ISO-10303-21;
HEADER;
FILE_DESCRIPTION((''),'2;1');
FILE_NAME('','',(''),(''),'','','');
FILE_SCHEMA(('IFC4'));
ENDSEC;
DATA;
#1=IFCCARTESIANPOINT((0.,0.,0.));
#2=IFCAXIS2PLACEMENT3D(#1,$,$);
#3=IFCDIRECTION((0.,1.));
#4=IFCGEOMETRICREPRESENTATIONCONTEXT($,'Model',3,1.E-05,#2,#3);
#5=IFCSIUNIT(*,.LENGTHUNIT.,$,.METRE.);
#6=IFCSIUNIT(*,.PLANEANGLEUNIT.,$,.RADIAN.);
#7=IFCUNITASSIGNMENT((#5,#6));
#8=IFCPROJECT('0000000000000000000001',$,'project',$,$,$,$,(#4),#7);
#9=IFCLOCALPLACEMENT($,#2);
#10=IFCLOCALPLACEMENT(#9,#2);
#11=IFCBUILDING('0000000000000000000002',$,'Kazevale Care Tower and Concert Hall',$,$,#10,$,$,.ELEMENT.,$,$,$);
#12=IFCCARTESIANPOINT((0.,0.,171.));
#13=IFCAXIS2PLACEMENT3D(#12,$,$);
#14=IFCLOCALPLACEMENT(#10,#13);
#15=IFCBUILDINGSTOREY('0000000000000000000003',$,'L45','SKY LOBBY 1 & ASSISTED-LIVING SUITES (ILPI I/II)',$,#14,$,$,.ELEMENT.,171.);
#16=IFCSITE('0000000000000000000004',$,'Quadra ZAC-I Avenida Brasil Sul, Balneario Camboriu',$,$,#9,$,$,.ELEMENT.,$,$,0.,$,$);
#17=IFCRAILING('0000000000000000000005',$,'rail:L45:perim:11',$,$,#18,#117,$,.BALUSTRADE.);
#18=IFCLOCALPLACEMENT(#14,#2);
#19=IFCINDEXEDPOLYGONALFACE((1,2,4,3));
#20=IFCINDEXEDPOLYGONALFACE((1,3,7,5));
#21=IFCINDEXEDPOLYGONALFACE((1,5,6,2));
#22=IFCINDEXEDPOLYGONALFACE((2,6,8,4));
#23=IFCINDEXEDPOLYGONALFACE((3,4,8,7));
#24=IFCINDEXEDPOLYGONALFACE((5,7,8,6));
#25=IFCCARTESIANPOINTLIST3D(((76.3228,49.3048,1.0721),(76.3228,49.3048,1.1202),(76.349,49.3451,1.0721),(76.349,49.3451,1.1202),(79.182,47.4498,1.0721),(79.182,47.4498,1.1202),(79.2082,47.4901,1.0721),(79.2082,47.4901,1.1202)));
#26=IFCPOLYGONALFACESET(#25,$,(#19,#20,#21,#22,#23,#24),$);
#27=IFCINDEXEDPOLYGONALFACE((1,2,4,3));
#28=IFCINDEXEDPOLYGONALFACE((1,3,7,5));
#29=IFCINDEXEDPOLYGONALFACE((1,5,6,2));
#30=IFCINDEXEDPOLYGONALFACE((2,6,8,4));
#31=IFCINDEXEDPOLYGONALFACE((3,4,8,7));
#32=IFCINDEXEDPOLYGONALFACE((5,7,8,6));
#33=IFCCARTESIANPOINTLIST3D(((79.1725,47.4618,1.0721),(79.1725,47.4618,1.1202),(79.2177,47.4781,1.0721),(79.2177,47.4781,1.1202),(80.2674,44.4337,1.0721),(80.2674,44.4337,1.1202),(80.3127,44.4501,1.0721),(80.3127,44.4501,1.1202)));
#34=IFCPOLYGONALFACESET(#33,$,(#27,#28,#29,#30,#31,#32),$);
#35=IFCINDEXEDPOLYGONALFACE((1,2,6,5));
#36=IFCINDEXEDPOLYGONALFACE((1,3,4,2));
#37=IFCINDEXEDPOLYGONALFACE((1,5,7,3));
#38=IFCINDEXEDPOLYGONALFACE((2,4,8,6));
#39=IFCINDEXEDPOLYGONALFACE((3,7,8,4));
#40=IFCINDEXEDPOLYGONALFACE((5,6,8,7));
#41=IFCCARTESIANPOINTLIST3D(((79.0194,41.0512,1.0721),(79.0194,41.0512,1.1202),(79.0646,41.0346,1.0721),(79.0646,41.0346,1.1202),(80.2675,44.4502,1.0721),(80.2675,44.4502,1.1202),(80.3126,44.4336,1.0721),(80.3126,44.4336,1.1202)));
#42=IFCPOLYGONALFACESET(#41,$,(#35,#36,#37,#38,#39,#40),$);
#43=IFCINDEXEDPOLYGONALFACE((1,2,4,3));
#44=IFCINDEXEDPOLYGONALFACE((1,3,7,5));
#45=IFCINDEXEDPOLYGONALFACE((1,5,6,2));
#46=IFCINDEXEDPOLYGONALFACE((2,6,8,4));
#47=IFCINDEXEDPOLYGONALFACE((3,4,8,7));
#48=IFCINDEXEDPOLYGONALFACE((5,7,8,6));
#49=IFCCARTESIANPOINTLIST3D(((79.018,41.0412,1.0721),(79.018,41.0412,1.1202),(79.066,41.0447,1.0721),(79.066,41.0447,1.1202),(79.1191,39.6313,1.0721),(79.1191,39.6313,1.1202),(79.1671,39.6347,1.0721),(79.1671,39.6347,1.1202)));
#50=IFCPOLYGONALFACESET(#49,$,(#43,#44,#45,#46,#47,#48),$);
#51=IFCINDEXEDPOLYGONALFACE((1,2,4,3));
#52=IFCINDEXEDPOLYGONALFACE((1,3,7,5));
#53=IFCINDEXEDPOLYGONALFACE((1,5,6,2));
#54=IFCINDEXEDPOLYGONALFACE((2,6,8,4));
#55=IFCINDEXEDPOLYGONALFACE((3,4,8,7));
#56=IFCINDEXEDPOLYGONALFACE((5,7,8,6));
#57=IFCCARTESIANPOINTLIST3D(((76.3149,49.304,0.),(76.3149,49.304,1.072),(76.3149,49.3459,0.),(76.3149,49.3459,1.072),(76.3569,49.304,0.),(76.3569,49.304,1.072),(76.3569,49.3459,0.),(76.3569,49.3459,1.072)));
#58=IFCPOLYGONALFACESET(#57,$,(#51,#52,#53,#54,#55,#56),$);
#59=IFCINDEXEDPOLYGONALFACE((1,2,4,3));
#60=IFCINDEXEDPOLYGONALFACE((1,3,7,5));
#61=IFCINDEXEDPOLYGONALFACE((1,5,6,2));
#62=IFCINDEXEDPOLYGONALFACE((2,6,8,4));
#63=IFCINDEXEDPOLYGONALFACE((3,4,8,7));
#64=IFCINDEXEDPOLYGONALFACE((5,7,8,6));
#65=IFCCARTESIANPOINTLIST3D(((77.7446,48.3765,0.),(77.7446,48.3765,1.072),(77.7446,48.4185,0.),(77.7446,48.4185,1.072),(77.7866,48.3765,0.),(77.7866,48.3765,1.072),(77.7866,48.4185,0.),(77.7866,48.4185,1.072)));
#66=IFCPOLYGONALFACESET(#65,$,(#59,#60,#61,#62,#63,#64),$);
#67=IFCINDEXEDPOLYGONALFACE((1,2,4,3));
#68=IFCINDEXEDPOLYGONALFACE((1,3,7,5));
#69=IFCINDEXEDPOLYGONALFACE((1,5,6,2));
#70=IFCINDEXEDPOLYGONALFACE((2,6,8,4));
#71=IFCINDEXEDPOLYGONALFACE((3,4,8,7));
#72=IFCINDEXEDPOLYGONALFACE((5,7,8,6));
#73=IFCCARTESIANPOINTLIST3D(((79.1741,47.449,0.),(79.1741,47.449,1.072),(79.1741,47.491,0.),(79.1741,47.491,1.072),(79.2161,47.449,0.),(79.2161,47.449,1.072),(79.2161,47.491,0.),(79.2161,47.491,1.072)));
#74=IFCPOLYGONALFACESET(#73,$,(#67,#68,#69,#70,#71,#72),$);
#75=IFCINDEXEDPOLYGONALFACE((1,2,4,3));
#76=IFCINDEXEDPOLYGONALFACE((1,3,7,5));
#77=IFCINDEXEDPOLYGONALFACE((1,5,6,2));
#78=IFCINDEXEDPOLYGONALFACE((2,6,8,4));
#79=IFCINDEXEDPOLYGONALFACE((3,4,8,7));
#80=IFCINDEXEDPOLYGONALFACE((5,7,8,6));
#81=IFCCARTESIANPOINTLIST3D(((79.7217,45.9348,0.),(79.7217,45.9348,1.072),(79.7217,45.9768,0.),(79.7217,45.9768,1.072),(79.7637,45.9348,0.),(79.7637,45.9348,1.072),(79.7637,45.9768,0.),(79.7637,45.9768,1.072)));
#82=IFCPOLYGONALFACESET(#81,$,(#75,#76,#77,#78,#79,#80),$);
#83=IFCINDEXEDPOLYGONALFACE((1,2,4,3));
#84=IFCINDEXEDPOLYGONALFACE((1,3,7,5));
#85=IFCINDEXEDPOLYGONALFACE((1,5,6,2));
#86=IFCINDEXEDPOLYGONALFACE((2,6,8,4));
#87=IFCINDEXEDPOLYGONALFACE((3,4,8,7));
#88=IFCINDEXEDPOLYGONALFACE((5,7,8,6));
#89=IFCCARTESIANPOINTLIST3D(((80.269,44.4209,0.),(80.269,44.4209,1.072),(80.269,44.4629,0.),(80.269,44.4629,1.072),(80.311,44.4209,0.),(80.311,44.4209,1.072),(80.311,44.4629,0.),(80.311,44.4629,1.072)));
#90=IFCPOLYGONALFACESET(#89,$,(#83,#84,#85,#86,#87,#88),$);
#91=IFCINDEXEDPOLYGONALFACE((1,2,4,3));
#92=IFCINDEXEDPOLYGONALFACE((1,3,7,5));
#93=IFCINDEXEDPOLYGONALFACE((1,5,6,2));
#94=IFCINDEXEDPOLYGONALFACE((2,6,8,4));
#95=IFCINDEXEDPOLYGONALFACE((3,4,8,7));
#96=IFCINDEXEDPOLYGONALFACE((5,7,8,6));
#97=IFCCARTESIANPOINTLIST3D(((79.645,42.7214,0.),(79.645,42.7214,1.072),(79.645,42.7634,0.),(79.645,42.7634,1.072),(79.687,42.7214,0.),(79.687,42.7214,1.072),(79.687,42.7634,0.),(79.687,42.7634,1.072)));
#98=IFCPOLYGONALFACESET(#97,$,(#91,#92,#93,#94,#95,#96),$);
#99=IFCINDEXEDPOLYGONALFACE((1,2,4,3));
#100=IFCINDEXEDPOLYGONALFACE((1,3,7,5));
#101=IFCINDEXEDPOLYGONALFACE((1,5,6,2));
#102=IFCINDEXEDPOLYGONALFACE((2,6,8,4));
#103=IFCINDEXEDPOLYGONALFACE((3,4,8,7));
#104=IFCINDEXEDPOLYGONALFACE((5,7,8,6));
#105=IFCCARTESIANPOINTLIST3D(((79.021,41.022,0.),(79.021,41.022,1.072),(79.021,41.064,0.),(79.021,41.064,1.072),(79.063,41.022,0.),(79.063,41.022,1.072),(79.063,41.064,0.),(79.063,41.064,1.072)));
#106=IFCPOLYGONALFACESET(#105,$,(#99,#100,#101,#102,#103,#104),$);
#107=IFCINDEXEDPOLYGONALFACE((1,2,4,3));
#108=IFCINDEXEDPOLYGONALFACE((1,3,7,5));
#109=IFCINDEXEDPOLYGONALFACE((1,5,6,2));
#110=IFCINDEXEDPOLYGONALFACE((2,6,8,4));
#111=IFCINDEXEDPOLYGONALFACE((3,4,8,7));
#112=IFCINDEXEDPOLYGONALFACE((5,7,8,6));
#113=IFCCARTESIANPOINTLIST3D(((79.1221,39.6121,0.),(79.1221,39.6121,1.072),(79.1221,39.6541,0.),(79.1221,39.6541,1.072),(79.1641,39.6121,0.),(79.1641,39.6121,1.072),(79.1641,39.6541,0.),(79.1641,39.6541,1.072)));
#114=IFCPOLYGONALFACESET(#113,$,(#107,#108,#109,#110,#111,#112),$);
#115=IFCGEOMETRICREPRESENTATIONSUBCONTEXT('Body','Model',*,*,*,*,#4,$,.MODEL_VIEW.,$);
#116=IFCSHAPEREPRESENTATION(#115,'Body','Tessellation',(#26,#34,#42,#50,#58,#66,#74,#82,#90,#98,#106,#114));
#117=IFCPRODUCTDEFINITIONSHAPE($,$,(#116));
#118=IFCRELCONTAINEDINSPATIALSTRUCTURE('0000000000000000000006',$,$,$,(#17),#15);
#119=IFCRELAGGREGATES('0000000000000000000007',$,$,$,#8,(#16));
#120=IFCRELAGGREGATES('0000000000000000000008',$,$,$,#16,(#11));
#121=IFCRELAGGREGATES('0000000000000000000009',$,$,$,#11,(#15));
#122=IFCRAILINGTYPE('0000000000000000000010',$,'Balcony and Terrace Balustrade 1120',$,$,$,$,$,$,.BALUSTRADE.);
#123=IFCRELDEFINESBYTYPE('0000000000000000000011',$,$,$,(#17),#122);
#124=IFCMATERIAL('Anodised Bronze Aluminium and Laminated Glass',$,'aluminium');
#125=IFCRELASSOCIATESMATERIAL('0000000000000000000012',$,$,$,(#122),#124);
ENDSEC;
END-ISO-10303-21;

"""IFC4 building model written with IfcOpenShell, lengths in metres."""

from ifc_helpers import new_model, si_unit, direction, frame, origin, origin_2d, place, context, subcontext, project, spatial, rectangle, extrude, material, type_object, element, save


model = new_model("IFC4")

# Units and contexts
model_context = context("Model", 3, precision=1e-05, world=origin(), true_north=direction((0.0, 1.0)))
body_context = subcontext(model_context, "Body", "Model", "MODEL_VIEW")
ifc_project = project(units=[si_unit("LENGTHUNIT", "METRE"), si_unit("PLANEANGLEUNIT", "RADIAN")], contexts=[model_context])

# Site, building, storey
site_placement = place(None, origin())
site = spatial("IfcSite", under=ifc_project, at=site_placement, Name="Quadra ZAC-I Avenida Brasil Sul, Balneario Camboriu", CompositionType="ELEMENT", RefElevation=0.0)
building_placement = place(site_placement, origin())
building = spatial("IfcBuilding", under=site, at=building_placement, Name="Kazevale Care Tower and Concert Hall", CompositionType="ELEMENT")
storey_placement = place(building_placement, frame((0.0, 0.0, 171.0)))
storey = spatial("IfcBuildingStorey", under=building, at=storey_placement, Name="L45", Description="SKY LOBBY 1 & ASSISTED-LIVING SUITES (ILPI I/II)", CompositionType="ELEMENT", Elevation=171.0)

# Railing
ifc_material_1 = material(Name="Anodised Bronze Aluminium and Laminated Glass", Category="aluminium")
railing_type = type_object("IfcRailingType", Name="Balcony and Terrace Balustrade 1120", PredefinedType="BALUSTRADE", material=ifc_material_1)
railing_1_placement = place(storey_placement, frame((76.3359, 49.325, 0.0)))
element("IfcRailing", 1, at=railing_1_placement, inside=storey, type_object=railing_type, Name="rail:L45:perim:11", PredefinedType="BALUSTRADE", context=body_context, shape_type="SweptSolid", body=[
    extrude(rectangle(XDim=0.0481, YDim=0.0481, at=origin_2d()), frame((0.0, 0.0, 1.0962), z_axis=(0.838906, -0.544276, 0.0), x_axis=(0.544276, 0.838906, 0.0)), (0.0, 0.0, 1.0), 3.4082),
    extrude(rectangle(XDim=0.0481, YDim=0.0481, at=origin_2d()), frame((2.8591, -1.855, 1.0962), z_axis=(0.340056, -0.940405, 0.0), x_axis=(0.940405, 0.340056, 0.0)), (0.0, 0.0, 1.0), 3.22),
    extrude(rectangle(XDim=0.0481, YDim=0.0481, at=origin_2d()), frame((3.9541, -4.8831, 1.0962), z_axis=(-0.344687, -0.938718, 0.0), x_axis=(0.938718, -0.344687, 0.0)), (0.0, 0.0, 1.0), 3.6208),
    extrude(rectangle(XDim=0.0481, YDim=0.0481, at=origin_2d()), frame((2.7061, -8.282, 1.0962), z_axis=(0.071505, -0.99744, 0.0), x_axis=(0.99744, 0.071505, 0.0)), (0.0, 0.0, 1.0), 1.4136),
    extrude(rectangle(XDim=0.042, YDim=0.042, at=origin_2d()), origin(), (0.0, 0.0, 1.0), 1.072),
    extrude(rectangle(XDim=0.042, YDim=0.042, at=origin_2d()), frame((1.4297, -0.9275, 0.0)), (0.0, 0.0, 1.0), 1.072),
    extrude(rectangle(XDim=0.042, YDim=0.042, at=origin_2d()), frame((2.8591, -1.855, 0.0)), (0.0, 0.0, 1.0), 1.072),
    extrude(rectangle(XDim=0.042, YDim=0.042, at=origin_2d()), frame((3.4067, -3.3691, 0.0)), (0.0, 0.0, 1.0), 1.072),
    extrude(rectangle(XDim=0.042, YDim=0.042, at=origin_2d()), frame((3.9541, -4.8831, 0.0)), (0.0, 0.0, 1.0), 1.072),
    extrude(rectangle(XDim=0.042, YDim=0.042, at=origin_2d()), frame((3.3301, -6.5825, 0.0)), (0.0, 0.0, 1.0), 1.072),
    extrude(rectangle(XDim=0.042, YDim=0.042, at=origin_2d()), frame((2.7061, -8.282, 0.0)), (0.0, 0.0, 1.0), 1.072),
    extrude(rectangle(XDim=0.042, YDim=0.042, at=origin_2d()), frame((2.8071, -9.6919, 0.0)), (0.0, 0.0, 1.0), 1.072),
])

save(model, "model.ifc")
